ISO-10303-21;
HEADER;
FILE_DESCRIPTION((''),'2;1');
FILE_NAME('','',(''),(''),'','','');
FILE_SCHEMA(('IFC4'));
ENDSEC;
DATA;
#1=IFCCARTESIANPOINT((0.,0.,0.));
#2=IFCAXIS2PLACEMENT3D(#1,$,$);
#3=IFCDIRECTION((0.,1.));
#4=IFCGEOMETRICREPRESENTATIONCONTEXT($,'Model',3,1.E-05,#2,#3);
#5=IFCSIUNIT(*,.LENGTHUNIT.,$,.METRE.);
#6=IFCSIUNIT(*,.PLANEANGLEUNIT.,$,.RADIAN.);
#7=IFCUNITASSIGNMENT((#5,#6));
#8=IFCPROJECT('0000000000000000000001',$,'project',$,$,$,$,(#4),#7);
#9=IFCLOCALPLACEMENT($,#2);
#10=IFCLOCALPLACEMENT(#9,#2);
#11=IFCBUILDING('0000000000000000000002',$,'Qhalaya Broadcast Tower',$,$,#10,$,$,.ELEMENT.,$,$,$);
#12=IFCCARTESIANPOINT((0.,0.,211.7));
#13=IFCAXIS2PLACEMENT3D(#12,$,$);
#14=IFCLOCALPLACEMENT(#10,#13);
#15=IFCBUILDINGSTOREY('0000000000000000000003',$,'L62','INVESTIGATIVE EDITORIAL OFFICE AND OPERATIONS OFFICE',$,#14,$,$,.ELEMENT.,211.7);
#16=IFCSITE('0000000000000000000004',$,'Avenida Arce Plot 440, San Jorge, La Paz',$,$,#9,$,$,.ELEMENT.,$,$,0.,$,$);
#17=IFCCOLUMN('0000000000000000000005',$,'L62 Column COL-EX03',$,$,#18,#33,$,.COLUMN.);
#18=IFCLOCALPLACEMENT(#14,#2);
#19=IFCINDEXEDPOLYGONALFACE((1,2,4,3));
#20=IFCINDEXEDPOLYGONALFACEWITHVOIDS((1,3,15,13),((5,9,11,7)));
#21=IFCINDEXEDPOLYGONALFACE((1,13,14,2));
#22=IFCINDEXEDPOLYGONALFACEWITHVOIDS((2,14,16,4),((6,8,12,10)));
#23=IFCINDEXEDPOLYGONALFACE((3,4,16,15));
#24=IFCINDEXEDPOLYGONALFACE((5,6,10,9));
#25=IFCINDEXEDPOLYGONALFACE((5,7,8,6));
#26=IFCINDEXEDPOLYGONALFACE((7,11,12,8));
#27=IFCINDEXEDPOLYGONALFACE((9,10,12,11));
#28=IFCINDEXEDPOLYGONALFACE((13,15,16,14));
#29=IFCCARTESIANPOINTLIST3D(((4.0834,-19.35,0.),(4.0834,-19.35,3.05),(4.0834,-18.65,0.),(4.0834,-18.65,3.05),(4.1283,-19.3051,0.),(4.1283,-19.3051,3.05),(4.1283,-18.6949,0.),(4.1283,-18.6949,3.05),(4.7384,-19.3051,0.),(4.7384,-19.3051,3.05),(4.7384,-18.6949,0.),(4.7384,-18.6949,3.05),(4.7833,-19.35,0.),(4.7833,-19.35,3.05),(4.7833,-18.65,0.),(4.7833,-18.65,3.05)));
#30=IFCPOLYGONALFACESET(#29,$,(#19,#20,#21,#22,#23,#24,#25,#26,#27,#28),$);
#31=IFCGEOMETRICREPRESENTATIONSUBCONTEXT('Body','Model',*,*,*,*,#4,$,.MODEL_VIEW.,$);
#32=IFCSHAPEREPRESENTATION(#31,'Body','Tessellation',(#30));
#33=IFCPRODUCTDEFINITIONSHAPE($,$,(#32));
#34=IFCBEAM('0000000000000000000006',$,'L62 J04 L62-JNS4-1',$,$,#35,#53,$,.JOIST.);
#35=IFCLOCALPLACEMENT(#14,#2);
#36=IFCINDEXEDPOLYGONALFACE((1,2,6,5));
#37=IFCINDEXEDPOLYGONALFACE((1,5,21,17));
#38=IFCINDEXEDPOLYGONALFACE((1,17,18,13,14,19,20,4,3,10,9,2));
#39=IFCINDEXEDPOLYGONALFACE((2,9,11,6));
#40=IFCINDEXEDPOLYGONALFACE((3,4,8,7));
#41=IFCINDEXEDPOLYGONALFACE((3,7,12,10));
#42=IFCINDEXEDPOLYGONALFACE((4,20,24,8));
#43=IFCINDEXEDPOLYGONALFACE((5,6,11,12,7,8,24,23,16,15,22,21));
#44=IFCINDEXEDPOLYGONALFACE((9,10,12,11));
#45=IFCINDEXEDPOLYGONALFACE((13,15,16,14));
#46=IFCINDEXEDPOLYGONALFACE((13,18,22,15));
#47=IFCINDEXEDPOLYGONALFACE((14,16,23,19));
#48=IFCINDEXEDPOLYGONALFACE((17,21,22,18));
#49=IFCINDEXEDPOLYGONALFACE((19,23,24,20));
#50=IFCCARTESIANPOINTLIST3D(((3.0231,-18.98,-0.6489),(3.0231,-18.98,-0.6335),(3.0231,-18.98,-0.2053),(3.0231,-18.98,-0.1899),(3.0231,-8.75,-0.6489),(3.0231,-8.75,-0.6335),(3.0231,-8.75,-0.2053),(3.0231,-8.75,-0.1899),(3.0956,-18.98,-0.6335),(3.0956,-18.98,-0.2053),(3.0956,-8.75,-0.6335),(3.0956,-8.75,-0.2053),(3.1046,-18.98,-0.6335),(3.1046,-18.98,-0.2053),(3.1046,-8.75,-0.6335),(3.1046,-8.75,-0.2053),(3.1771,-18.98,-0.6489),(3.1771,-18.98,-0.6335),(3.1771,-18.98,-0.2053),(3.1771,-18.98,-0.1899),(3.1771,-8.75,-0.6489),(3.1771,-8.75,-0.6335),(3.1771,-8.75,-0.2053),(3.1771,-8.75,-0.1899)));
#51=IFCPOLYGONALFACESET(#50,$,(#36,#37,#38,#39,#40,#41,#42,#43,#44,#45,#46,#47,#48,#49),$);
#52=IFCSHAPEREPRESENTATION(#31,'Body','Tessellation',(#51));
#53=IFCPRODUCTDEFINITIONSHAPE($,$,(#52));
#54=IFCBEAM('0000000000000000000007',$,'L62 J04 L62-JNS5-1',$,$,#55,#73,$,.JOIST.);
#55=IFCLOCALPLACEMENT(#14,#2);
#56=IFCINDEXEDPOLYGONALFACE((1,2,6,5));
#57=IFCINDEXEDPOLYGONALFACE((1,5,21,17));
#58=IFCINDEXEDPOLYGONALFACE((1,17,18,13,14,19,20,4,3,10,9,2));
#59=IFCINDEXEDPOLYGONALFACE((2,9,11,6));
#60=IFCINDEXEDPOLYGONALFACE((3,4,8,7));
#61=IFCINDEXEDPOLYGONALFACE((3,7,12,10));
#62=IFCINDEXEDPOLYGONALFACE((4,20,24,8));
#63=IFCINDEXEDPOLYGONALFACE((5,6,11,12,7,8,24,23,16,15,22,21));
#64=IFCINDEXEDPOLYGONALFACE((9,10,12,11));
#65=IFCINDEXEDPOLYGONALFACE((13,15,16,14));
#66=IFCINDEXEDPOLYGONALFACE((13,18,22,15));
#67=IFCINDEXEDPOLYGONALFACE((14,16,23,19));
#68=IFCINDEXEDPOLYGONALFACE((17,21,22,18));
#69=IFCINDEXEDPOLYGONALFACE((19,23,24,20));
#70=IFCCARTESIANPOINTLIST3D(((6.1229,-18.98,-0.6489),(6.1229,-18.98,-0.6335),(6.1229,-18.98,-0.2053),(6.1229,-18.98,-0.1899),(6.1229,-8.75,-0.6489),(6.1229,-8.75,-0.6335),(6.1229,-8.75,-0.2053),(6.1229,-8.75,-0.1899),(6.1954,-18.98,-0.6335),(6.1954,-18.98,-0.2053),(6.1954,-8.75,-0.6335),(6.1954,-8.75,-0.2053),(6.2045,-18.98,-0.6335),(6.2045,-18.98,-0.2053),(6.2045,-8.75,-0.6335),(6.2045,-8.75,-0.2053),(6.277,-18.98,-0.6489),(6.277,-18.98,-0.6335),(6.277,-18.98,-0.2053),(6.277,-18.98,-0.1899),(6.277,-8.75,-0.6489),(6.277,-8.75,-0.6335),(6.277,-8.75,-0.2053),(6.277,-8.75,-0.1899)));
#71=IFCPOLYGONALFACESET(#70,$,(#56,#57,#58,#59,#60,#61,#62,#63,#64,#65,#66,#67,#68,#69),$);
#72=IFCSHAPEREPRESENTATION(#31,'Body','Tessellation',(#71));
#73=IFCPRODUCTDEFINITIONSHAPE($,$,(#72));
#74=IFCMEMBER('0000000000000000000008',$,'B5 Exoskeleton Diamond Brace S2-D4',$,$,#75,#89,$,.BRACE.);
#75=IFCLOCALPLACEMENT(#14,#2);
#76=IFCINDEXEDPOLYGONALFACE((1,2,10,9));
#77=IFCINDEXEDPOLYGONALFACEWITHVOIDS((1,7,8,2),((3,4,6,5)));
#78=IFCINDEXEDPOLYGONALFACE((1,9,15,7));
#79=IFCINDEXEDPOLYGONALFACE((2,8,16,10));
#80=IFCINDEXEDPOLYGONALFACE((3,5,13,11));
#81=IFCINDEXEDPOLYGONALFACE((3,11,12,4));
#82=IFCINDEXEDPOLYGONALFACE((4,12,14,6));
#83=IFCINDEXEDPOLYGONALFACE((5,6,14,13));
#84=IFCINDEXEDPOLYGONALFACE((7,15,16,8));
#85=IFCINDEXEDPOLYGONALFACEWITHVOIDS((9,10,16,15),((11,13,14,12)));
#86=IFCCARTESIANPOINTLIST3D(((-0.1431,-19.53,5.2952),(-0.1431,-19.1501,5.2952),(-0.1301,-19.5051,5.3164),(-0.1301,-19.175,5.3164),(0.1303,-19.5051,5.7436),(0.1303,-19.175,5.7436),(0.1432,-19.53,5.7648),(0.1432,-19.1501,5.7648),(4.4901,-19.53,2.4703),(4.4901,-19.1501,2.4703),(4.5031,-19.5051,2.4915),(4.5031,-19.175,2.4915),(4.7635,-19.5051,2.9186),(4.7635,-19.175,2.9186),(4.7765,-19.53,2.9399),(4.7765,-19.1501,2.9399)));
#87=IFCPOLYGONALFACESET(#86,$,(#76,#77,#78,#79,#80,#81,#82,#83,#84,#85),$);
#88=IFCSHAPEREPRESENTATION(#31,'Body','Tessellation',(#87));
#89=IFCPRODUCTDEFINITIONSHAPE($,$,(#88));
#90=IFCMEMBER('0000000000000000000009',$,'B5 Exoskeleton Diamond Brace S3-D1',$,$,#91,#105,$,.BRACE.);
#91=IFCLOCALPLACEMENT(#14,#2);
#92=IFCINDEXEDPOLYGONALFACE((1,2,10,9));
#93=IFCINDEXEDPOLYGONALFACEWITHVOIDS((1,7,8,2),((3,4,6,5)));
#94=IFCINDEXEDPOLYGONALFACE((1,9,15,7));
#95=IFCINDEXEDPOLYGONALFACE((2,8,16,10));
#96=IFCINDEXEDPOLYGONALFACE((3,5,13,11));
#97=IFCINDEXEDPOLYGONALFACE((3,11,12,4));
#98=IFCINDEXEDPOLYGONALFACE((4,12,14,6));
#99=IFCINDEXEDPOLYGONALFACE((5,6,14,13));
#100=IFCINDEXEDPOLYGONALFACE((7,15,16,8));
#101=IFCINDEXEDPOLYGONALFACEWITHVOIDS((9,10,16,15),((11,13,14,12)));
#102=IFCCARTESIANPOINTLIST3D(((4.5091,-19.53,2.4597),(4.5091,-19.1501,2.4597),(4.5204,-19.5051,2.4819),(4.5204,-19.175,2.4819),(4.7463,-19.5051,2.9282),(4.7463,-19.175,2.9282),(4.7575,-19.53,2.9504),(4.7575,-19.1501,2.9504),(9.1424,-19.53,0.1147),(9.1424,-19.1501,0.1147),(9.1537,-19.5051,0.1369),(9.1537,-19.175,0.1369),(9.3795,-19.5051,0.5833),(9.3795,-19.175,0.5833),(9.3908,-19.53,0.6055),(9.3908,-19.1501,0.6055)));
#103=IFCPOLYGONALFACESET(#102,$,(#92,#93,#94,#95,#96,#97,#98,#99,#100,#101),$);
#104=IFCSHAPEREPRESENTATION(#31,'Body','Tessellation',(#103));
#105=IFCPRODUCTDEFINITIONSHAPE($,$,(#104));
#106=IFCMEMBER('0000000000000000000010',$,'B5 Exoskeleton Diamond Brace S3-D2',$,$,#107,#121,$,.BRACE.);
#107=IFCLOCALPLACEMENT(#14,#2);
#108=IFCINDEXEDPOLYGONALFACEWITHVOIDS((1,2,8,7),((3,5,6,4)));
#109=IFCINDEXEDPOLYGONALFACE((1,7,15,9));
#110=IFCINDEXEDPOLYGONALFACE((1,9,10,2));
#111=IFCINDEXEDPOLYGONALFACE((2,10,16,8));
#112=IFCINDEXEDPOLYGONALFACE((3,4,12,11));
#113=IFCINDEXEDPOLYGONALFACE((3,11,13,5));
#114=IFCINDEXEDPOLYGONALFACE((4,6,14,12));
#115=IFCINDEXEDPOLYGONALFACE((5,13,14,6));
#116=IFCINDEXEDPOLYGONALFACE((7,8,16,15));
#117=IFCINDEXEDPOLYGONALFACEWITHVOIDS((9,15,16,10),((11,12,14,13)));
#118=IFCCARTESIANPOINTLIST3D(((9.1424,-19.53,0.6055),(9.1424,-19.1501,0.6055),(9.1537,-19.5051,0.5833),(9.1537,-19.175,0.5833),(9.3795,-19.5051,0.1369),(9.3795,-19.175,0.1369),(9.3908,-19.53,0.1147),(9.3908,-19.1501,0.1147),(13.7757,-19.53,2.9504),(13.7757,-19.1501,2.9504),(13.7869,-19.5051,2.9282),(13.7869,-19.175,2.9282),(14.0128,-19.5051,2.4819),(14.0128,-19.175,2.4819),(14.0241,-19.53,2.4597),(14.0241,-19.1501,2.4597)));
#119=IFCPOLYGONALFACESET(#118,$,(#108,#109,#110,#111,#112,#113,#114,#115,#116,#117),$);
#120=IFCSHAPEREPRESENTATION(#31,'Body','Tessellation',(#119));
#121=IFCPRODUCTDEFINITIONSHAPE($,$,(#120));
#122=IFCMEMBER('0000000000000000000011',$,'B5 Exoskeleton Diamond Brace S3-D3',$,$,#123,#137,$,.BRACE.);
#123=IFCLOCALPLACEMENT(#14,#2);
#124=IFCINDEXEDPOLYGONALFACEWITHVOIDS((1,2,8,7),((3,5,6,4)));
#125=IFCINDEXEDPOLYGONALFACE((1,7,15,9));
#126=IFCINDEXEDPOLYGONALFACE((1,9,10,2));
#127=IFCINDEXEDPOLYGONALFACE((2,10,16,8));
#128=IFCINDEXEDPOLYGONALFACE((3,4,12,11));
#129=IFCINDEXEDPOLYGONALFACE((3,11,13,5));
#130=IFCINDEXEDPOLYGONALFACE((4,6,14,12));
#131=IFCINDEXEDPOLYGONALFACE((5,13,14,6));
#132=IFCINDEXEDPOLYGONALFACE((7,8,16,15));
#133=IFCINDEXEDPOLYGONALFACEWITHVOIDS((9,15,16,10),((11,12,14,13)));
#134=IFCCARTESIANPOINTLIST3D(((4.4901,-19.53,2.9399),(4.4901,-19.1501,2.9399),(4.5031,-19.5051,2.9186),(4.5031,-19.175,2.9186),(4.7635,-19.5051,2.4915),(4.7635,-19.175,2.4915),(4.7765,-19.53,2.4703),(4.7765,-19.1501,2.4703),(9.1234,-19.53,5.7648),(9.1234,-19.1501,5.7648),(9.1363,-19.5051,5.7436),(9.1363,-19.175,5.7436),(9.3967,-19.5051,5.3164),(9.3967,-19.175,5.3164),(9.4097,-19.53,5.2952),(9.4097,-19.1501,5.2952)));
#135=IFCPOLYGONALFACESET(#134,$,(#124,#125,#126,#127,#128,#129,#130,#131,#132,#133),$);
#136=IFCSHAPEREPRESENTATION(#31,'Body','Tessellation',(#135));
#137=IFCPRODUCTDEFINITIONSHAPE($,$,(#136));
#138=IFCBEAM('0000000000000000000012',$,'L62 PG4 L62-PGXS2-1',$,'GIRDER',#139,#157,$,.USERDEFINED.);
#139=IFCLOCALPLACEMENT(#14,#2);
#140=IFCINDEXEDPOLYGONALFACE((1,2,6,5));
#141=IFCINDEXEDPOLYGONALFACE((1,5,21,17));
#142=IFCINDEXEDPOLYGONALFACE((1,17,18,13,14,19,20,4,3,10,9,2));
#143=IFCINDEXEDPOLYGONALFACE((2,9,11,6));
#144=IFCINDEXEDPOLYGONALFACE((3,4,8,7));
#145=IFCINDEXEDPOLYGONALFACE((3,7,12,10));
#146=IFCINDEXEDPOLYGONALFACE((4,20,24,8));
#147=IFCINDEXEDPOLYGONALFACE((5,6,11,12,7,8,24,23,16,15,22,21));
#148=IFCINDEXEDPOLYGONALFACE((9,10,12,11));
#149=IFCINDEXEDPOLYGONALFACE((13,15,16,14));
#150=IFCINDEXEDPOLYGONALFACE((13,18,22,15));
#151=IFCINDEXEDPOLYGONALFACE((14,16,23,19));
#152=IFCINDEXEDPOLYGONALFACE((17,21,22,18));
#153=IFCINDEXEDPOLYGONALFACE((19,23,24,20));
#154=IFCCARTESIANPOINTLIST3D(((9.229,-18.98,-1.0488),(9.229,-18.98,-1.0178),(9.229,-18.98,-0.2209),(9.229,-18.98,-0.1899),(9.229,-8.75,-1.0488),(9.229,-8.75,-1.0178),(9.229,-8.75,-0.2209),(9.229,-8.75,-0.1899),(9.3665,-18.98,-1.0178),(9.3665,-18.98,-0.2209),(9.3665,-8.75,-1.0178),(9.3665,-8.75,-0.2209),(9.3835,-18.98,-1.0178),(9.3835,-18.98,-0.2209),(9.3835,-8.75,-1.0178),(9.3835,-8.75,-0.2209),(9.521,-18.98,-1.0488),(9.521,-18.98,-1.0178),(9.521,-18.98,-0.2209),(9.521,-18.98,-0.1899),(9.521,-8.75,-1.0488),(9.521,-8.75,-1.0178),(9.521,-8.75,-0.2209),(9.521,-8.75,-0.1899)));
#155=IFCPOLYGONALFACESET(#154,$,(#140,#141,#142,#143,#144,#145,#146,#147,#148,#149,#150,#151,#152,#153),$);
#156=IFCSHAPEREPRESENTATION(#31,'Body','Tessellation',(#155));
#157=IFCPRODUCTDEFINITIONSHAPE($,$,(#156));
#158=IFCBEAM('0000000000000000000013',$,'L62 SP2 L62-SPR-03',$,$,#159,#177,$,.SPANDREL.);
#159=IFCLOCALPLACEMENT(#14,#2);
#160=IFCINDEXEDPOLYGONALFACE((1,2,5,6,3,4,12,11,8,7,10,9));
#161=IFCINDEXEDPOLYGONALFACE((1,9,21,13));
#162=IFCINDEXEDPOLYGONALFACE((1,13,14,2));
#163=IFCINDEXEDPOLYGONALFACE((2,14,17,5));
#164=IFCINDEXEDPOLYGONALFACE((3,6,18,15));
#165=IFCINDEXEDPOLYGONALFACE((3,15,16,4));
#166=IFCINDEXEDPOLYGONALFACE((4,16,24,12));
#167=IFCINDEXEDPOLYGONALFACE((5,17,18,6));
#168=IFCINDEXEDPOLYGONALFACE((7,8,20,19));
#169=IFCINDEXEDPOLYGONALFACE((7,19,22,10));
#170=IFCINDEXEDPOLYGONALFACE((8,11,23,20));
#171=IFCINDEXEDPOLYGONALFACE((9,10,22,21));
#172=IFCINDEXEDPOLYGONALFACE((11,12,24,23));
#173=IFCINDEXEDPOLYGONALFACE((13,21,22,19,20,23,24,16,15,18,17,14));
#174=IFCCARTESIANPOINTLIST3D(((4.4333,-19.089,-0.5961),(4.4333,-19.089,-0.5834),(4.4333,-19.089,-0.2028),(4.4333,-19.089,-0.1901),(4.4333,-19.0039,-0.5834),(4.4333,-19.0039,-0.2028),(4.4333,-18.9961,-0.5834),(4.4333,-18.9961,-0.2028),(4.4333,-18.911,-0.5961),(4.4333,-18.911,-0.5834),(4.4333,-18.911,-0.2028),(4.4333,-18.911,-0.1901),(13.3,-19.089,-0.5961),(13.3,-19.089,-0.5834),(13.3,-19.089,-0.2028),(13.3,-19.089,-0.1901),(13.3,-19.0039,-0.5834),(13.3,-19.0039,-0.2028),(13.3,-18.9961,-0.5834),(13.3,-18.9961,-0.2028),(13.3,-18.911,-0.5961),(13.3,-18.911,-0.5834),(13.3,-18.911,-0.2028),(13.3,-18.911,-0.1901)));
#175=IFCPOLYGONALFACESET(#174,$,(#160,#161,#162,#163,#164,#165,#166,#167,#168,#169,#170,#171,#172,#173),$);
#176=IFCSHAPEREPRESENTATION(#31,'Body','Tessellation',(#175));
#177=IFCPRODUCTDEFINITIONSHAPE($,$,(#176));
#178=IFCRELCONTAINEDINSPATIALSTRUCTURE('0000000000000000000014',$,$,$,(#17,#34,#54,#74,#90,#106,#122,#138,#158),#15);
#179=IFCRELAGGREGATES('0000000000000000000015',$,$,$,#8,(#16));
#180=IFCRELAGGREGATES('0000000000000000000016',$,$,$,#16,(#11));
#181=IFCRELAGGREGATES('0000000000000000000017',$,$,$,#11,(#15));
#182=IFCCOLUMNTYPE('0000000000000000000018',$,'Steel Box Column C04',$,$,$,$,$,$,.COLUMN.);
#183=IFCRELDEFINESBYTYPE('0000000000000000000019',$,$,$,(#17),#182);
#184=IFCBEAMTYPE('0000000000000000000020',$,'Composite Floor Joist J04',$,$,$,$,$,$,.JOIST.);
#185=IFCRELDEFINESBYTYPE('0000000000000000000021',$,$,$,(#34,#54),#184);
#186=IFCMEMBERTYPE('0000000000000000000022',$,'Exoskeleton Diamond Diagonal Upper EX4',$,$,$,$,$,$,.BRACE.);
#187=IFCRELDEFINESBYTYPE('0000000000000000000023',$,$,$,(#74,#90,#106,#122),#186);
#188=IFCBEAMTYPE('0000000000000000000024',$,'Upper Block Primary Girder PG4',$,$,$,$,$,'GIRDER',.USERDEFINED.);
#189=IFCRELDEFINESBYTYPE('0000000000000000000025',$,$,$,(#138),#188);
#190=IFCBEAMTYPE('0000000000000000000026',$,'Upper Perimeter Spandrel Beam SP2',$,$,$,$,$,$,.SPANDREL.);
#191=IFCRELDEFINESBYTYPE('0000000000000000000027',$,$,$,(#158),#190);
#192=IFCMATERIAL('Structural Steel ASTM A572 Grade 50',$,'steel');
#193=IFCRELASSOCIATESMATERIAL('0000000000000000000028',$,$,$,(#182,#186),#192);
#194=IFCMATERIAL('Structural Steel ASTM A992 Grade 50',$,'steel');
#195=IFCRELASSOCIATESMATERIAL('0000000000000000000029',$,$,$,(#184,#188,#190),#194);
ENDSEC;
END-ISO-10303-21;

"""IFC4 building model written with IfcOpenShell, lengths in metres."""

from ifc_helpers import new_model, si_unit, direction, frame, origin, origin_2d, place, context, subcontext, project, spatial, hollow_rectangle, i_section, extrude, material, material_profile, profile_set, type_object, element, save


model = new_model("IFC4")

# Units and contexts
model_context = context("Model", 3, precision=1e-05, world=origin(), true_north=direction((0.0, 1.0)))
body_context = subcontext(model_context, "Body", "Model", "MODEL_VIEW")
ifc_project = project(units=[si_unit("LENGTHUNIT", "METRE"), si_unit("PLANEANGLEUNIT", "RADIAN")], contexts=[model_context])

# Site, building, storey
site_placement = place(None, origin())
site = spatial("IfcSite", under=ifc_project, at=site_placement, Name="Avenida Arce Plot 440, San Jorge, La Paz", CompositionType="ELEMENT", RefElevation=0.0)
building_placement = place(site_placement, origin())
building = spatial("IfcBuilding", under=site, at=building_placement, Name="Qhalaya Broadcast Tower", CompositionType="ELEMENT")
storey_placement = place(building_placement, frame((0.0, 0.0, 211.7)))
storey = spatial("IfcBuildingStorey", under=building, at=storey_placement, Name="L62", Description="INVESTIGATIVE EDITORIAL OFFICE AND OPERATIONS OFFICE", CompositionType="ELEMENT", Elevation=211.7)

# Column
ifc_material_1 = material(Name="Structural Steel ASTM A572 Grade 50", Category="steel")
ifc_material_profile_1 = material_profile(ifc_material_1, hollow_rectangle(XDim=0.7, YDim=0.7, WallThickness=0.0449, at=origin_2d()), Name="BOX 700x700x45")
ifc_profile_set_1 = profile_set([ifc_material_profile_1], Name="Structural Steel ASTM A572 Grade 50")
column_type = type_object("IfcColumnType", Name="Steel Box Column C04", PredefinedType="COLUMN", material=ifc_profile_set_1)
column_placement = place(storey_placement, frame((4.4333, -19.0, 0.0), z_axis=(0.0, 0.0, 1.0), x_axis=(1.0, 0.0, 0.0)))
element("IfcColumn", 1, at=column_placement, inside=storey, type_object=column_type, Name="L62 Column COL-EX03", PredefinedType="COLUMN", context=body_context, shape_type="SweptSolid", body=[
    extrude(hollow_rectangle(XDim=0.7, YDim=0.7, WallThickness=0.0449, at=origin_2d()), origin(), (0.0, 0.0, 1.0), 3.05),
])

# Beams
ifc_material_2 = material(Name="Structural Steel ASTM A992 Grade 50", Category="steel")
ifc_material_profile_2 = material_profile(ifc_material_2, i_section(OverallWidth=0.1541, OverallDepth=0.459, WebThickness=0.009, FlangeThickness=0.0154, at=origin_2d()), Name="W18X46")
ifc_profile_set_2 = profile_set([ifc_material_profile_2], Name="Structural Steel ASTM A992 Grade 50")
beam_type_1 = type_object("IfcBeamType", Name="Composite Floor Joist J04", PredefinedType="JOIST", material=ifc_profile_set_2)
for number, where, z_axis, x_axis, name in (
    (2, (3.1001, -18.98, -0.4194), (0.0, 1.0, 0.0), (-1.0, 0.0, 0.0), "L62 J04 L62-JNS4-1"),
    (3, (6.2, -18.98, -0.4194), (0.0, 1.0, 0.0), (-1.0, 0.0, 0.0), "L62 J04 L62-JNS5-1"),
):
    element("IfcBeam", number, at=place(storey_placement, frame(where, z_axis=z_axis, x_axis=x_axis)), inside=storey, type_object=beam_type_1, Name=name, PredefinedType="JOIST", context=body_context, shape_type="SweptSolid", body=[
        extrude(i_section(OverallWidth=0.1541, OverallDepth=0.459, WebThickness=0.009, FlangeThickness=0.0154, at=origin_2d()), origin(), (0.0, 0.0, 1.0), 10.23),
    ])

# Members
ifc_material_profile_3 = material_profile(ifc_material_1, hollow_rectangle(XDim=0.3799, YDim=0.55, WallThickness=0.0249, at=origin_2d()), Name="BOX 380x550x25")
ifc_profile_set_3 = profile_set([ifc_material_profile_3], Name="Structural Steel ASTM A572 Grade 50")
member_type = type_object("IfcMemberType", Name="Exoskeleton Diamond Diagonal Upper EX4", PredefinedType="BRACE", material=ifc_profile_set_3)
member_1_placement = place(storey_placement, frame((4.6333, -19.3401, 2.7051), z_axis=(-0.853815, 0.0, 0.520576), x_axis=(0.0, -1.0, 0.0)))
element("IfcMember", 4, at=member_1_placement, inside=storey, type_object=member_type, Name="B5 Exoskeleton Diamond Brace S2-D4", PredefinedType="BRACE", context=body_context, shape_type="SweptSolid", body=[
    extrude(hollow_rectangle(XDim=0.3799, YDim=0.55, WallThickness=0.0249, at=origin_2d()), origin(), (0.0, 0.0, 1.0), 5.4265),
])
for number, where, z_axis, x_axis, name in (
    (5, (9.2666, -19.3401, 0.3601), (-0.892235, 0.0, 0.451571), (0.0, -1.0, 0.0), "B5 Exoskeleton Diamond Brace S3-D1"),
    (6, (9.2666, -19.3401, 0.3601), (0.892235, 0.0, 0.451571), (0.0, 1.0, 0.0), "B5 Exoskeleton Diamond Brace S3-D2"),
):
    element("IfcMember", number, at=place(storey_placement, frame(where, z_axis=z_axis, x_axis=x_axis)), inside=storey, type_object=member_type, Name=name, PredefinedType="BRACE", context=body_context, shape_type="SweptSolid", body=[
        extrude(hollow_rectangle(XDim=0.3799, YDim=0.55, WallThickness=0.0249, at=origin_2d()), origin(), (0.0, 0.0, 1.0), 5.1929),
    ])
member_2_placement = place(storey_placement, frame((4.6333, -19.3401, 2.7051), z_axis=(0.853815, 0.0, 0.520576), x_axis=(0.0, 1.0, 0.0)))
element("IfcMember", 7, at=member_2_placement, inside=storey, type_object=member_type, Name="B5 Exoskeleton Diamond Brace S3-D3", PredefinedType="BRACE", context=body_context, shape_type="SweptSolid", body=[
    extrude(hollow_rectangle(XDim=0.3799, YDim=0.55, WallThickness=0.0249, at=origin_2d()), origin(), (0.0, 0.0, 1.0), 5.4265),
])

# Beams
ifc_material_profile_4 = material_profile(ifc_material_2, i_section(OverallWidth=0.292, OverallDepth=0.8589, WebThickness=0.0171, FlangeThickness=0.031, at=origin_2d()), Name="W33X169")
ifc_profile_set_4 = profile_set([ifc_material_profile_4], Name="Structural Steel ASTM A992 Grade 50")
beam_type_2 = type_object("IfcBeamType", Name="Upper Block Primary Girder PG4", ElementType="GIRDER", PredefinedType="USERDEFINED", material=ifc_profile_set_4)
beam_1_placement = place(storey_placement, frame((9.375, -18.98, -0.6194), z_axis=(0.0, 1.0, 0.0), x_axis=(-1.0, 0.0, 0.0)))
element("IfcBeam", 8, at=beam_1_placement, inside=storey, type_object=beam_type_2, Name="L62 PG4 L62-PGXS2-1", ObjectType="GIRDER", PredefinedType="USERDEFINED", context=body_context, shape_type="SweptSolid", body=[
    extrude(i_section(OverallWidth=0.292, OverallDepth=0.8589, WebThickness=0.0171, FlangeThickness=0.031, at=origin_2d()), origin(), (0.0, 0.0, 1.0), 10.23),
])
ifc_material_profile_5 = material_profile(ifc_material_2, i_section(OverallWidth=0.178, OverallDepth=0.406, WebThickness=0.0078, FlangeThickness=0.0127, at=origin_2d()), Name="W16X40")
ifc_profile_set_5 = profile_set([ifc_material_profile_5], Name="Structural Steel ASTM A992 Grade 50")
beam_type_3 = type_object("IfcBeamType", Name="Upper Perimeter Spandrel Beam SP2", PredefinedType="SPANDREL", material=ifc_profile_set_5)
beam_2_placement = place(storey_placement, frame((4.4333, -19.0, -0.3931), z_axis=(1.0, 0.0, 0.0), x_axis=(0.0, 1.0, 0.0)))
element("IfcBeam", 9, at=beam_2_placement, inside=storey, type_object=beam_type_3, Name="L62 SP2 L62-SPR-03", PredefinedType="SPANDREL", context=body_context, shape_type="SweptSolid", body=[
    extrude(i_section(OverallWidth=0.178, OverallDepth=0.406, WebThickness=0.0078, FlangeThickness=0.0127, at=origin_2d()), origin(), (0.0, 0.0, 1.0), 8.8667),
])

save(model, "model.ifc")
